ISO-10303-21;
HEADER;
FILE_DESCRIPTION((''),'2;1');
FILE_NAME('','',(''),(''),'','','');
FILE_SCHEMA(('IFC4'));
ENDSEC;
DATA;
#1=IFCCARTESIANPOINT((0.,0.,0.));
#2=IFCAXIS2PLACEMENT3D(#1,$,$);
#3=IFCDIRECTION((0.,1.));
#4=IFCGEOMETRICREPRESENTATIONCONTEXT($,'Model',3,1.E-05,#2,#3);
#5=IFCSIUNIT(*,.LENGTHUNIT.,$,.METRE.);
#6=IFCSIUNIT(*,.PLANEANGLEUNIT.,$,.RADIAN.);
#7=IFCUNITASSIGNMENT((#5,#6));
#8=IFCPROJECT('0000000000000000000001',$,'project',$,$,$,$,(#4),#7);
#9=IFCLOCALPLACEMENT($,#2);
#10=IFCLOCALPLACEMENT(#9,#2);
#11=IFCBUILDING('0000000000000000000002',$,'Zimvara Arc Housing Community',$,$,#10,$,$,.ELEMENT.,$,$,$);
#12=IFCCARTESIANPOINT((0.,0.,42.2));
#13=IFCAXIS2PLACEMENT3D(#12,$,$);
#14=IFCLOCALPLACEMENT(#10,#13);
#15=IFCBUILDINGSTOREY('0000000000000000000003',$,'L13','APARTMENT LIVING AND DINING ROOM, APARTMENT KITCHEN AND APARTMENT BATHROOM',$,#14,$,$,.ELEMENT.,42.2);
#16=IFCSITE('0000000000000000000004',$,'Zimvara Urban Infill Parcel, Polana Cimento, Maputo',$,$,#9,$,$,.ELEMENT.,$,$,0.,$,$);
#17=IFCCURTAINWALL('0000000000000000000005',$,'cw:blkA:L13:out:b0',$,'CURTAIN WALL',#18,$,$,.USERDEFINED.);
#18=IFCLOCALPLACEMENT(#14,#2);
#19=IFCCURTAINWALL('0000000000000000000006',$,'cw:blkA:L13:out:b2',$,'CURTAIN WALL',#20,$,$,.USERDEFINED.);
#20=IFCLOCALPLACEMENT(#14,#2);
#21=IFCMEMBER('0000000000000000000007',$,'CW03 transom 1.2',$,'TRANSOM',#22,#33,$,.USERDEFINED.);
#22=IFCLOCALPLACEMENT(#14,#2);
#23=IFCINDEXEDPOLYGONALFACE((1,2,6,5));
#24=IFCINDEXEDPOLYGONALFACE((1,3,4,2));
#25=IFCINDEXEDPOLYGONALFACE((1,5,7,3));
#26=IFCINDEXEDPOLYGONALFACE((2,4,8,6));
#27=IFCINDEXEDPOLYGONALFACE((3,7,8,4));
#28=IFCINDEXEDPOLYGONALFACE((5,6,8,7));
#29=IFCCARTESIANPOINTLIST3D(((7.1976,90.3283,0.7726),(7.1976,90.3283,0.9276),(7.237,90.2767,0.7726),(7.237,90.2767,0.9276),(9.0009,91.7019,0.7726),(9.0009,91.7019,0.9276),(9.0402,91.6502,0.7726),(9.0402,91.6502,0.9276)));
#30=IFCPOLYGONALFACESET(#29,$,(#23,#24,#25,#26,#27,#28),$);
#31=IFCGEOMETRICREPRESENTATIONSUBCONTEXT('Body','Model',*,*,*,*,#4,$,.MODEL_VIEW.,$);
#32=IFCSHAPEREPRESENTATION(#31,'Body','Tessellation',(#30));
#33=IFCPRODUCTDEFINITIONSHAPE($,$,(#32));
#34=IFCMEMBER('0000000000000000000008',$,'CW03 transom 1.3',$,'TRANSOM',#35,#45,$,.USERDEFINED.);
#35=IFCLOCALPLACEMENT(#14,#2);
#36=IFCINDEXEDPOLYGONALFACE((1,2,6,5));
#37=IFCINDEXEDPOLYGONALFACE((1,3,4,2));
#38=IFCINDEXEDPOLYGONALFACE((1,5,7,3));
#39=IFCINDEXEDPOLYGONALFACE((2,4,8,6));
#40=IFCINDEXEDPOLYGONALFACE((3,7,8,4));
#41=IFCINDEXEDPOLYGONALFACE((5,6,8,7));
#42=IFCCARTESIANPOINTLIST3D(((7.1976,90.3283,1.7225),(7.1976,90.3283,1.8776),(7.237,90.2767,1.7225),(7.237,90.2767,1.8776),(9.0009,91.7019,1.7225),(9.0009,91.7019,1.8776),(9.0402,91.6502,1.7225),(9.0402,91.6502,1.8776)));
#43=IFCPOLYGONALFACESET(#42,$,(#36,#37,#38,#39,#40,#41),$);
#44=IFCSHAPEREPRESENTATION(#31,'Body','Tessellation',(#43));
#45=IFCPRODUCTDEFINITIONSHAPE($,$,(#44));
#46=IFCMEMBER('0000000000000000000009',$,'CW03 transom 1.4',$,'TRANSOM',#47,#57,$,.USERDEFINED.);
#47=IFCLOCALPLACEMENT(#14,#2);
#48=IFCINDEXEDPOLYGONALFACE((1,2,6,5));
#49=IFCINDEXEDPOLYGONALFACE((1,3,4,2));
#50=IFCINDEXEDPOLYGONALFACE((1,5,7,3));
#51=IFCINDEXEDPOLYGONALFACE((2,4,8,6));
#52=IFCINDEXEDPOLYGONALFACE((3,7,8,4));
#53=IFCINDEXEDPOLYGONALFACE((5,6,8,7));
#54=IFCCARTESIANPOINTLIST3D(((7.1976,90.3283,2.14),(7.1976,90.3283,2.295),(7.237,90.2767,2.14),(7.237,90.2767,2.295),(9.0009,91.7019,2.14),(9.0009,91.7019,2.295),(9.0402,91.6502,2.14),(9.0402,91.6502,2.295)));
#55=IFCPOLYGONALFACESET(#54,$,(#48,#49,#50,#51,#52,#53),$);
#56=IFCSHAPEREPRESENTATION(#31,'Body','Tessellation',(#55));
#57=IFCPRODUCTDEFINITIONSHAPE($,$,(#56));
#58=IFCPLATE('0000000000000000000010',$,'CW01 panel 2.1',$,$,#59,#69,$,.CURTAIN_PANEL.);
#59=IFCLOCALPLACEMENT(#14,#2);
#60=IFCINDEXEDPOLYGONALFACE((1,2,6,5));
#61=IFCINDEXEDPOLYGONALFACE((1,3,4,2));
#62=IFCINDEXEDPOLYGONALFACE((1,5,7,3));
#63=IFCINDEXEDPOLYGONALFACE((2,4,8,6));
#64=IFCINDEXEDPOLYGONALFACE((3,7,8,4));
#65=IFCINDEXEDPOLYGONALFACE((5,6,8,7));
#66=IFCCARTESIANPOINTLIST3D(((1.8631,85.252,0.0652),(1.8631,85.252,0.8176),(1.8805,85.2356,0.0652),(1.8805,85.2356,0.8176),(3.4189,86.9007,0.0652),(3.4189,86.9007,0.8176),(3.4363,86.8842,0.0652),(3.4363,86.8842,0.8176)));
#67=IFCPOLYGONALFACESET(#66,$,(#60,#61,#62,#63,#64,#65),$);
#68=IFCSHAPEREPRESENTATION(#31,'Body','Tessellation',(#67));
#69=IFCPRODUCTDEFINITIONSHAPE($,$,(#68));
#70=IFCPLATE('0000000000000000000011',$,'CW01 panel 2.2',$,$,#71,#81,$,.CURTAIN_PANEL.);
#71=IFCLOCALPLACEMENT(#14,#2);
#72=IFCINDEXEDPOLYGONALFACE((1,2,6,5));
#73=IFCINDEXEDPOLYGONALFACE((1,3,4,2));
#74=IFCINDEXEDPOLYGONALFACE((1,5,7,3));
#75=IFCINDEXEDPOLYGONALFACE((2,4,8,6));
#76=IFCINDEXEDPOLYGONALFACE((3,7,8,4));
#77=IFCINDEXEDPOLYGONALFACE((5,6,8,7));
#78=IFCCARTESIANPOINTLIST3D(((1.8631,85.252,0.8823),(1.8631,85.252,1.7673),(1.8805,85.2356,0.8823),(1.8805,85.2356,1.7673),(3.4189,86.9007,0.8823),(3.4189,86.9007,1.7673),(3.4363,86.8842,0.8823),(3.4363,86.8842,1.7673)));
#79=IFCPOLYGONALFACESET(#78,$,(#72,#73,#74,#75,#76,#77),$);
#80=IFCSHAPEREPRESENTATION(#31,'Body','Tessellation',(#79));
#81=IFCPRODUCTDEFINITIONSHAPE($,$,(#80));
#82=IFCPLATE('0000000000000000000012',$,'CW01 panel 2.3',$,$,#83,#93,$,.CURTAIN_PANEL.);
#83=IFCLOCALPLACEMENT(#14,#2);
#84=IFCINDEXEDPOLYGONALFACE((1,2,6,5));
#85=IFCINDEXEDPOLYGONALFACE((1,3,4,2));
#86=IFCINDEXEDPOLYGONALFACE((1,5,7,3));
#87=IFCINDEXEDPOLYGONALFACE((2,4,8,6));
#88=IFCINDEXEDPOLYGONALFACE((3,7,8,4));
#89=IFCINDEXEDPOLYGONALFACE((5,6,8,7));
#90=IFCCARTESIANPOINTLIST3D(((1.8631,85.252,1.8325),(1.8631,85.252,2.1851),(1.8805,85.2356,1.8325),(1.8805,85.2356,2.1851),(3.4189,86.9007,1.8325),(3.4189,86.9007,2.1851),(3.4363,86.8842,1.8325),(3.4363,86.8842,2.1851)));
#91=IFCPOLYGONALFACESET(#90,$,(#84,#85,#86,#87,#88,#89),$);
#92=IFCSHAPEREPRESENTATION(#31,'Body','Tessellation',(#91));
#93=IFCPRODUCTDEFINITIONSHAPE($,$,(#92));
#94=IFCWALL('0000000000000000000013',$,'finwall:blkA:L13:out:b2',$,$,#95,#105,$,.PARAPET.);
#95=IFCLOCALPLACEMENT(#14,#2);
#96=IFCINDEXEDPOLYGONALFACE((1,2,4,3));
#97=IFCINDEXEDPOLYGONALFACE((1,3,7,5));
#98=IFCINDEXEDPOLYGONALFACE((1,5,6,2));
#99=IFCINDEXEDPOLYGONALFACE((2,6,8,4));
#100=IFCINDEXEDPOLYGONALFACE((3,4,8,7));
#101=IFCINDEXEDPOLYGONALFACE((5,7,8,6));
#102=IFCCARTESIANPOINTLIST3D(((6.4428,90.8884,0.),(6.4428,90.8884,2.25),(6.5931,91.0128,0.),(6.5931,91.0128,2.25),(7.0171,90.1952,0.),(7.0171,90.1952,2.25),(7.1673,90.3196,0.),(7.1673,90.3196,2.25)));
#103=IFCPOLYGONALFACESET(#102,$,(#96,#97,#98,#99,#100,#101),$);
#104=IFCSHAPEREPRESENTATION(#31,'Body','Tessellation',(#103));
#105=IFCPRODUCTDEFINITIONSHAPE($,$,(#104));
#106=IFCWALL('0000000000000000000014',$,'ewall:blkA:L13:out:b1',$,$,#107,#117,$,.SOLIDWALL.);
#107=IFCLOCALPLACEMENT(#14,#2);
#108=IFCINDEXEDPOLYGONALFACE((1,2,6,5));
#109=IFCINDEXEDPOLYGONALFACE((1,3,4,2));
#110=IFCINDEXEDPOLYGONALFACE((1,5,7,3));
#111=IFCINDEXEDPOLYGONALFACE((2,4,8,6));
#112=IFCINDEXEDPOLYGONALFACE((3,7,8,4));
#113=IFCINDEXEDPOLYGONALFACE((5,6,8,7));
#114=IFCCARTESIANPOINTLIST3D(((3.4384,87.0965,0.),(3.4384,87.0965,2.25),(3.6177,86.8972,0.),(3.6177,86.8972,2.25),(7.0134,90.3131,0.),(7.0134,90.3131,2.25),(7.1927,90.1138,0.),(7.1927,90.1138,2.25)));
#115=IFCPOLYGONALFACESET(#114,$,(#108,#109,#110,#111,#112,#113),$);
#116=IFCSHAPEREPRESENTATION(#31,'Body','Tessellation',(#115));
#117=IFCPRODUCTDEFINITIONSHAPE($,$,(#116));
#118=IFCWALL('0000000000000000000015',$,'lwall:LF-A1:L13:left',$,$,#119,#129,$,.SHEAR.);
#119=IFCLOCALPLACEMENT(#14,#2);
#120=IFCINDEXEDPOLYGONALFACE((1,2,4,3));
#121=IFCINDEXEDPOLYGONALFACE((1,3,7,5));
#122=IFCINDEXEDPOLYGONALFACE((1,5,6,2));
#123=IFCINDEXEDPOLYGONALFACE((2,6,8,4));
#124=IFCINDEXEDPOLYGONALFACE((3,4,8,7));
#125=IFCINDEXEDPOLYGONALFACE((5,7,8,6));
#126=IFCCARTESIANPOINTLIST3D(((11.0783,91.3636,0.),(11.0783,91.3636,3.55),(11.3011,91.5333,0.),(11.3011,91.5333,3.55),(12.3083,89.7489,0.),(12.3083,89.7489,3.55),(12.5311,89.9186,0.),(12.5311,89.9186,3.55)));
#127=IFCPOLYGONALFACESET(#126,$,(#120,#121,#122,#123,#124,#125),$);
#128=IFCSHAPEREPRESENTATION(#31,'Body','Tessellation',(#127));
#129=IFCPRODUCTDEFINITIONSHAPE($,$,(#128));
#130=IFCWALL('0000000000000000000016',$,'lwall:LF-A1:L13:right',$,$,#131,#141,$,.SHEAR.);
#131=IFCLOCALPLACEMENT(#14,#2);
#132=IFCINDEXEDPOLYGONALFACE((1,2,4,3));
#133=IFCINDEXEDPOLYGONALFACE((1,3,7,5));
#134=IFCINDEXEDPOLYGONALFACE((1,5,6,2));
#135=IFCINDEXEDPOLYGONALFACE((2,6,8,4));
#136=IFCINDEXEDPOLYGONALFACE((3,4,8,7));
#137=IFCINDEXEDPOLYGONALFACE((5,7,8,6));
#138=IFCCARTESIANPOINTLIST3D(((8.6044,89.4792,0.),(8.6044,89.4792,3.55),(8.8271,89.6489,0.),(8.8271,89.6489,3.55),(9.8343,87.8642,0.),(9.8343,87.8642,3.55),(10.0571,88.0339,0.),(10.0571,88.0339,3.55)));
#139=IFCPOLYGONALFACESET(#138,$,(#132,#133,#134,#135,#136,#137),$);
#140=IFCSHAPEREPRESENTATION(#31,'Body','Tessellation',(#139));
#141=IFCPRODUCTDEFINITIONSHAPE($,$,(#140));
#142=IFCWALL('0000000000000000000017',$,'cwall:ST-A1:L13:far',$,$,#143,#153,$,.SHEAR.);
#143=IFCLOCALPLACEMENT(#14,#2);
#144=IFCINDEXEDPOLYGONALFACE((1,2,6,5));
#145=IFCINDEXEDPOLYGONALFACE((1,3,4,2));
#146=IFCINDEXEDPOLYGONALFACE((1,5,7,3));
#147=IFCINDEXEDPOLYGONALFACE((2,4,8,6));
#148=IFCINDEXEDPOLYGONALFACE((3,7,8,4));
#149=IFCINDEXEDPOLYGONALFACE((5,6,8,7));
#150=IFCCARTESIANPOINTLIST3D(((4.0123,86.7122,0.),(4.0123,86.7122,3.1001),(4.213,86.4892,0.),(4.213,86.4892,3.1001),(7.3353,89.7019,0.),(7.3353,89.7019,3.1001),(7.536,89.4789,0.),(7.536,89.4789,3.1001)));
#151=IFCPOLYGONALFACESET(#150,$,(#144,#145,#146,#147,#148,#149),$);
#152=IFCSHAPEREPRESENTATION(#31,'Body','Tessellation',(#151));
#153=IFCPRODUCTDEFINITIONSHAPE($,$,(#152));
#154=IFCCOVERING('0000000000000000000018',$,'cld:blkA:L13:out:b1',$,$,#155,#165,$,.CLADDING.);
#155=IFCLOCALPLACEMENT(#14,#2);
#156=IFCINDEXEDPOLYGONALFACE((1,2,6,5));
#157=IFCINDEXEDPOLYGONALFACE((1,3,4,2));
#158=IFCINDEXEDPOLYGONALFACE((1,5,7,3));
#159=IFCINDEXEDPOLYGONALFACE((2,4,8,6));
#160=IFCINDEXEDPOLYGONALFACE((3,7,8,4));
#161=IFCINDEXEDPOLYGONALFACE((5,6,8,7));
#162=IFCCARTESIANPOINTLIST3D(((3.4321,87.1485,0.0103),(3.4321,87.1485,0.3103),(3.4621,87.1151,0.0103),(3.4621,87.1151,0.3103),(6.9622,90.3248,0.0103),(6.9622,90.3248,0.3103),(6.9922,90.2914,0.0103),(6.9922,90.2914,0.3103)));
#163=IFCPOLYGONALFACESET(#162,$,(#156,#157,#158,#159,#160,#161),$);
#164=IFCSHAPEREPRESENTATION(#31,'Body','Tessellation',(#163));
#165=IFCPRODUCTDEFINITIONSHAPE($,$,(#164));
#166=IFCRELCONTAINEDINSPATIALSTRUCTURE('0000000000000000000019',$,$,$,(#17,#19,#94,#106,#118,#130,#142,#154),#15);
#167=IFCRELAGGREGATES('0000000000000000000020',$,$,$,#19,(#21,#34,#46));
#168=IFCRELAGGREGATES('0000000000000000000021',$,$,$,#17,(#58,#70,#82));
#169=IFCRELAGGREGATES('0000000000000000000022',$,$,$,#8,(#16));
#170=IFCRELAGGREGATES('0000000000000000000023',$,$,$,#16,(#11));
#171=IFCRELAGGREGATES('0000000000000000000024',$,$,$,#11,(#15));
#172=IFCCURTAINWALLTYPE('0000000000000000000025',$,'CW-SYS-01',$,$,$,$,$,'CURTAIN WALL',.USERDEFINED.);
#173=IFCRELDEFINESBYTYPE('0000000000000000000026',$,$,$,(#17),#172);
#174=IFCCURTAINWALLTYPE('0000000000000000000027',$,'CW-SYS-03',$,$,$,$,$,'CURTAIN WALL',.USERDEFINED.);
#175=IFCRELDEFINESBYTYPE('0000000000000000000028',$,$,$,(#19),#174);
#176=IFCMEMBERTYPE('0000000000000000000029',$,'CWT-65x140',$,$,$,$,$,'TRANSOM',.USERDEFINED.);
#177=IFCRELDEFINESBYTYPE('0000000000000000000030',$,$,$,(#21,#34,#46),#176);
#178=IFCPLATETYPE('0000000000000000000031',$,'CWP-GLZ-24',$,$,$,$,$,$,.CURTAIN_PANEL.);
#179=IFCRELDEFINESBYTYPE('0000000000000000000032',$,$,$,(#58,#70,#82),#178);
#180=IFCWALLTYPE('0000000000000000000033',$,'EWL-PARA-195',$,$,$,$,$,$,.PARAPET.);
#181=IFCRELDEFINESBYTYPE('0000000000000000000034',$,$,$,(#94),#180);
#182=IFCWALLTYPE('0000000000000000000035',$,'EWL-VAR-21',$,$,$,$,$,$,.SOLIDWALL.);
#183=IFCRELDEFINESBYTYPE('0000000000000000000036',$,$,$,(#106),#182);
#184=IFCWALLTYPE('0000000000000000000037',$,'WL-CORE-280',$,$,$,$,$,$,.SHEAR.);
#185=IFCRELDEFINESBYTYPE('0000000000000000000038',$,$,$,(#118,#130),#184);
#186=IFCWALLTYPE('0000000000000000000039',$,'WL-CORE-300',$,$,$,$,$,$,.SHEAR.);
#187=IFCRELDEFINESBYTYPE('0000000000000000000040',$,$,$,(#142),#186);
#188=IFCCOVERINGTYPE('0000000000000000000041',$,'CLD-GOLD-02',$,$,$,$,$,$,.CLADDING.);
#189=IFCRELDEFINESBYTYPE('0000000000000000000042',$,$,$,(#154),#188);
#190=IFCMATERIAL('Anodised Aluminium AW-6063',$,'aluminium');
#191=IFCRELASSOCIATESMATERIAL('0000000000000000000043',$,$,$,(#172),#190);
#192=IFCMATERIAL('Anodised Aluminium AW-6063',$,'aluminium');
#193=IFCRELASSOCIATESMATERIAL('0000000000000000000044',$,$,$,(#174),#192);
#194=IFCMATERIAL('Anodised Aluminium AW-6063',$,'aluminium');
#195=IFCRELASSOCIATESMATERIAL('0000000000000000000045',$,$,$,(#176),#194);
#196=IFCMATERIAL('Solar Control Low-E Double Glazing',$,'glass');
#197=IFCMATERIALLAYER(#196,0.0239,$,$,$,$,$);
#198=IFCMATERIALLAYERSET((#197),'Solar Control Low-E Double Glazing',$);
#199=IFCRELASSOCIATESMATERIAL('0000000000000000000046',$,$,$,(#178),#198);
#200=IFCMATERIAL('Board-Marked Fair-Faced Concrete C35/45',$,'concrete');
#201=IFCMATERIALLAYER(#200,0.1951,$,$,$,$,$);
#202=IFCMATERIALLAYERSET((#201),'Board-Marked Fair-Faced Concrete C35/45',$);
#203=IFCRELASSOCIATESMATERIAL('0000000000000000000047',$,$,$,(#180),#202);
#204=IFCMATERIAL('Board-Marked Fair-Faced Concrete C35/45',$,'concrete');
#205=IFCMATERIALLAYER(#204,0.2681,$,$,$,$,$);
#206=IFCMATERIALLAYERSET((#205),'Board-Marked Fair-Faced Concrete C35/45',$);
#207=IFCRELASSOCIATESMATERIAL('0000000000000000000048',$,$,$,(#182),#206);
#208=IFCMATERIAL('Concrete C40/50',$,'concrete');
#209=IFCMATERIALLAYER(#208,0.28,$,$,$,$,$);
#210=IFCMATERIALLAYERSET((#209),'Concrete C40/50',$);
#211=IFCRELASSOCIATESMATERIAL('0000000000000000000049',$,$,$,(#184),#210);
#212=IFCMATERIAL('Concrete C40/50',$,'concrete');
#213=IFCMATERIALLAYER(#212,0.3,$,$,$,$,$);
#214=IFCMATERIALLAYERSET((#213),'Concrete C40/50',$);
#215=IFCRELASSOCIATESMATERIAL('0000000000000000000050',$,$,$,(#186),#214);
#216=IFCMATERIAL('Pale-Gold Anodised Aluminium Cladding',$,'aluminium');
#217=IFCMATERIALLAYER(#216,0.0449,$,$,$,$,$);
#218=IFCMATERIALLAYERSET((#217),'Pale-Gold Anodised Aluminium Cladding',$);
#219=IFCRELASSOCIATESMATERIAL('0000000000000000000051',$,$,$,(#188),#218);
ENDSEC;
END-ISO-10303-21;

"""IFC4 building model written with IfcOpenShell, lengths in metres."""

from ifc_helpers import new_model, si_unit, direction, frame, frame_2d, origin, origin_2d, place, context, subcontext, project, spatial, rectangle, extrude, material, layer, layer_set, material_profile, profile_set, type_object, element, aggregate, save


model = new_model("IFC4")

# Units and contexts
model_context = context("Model", 3, precision=1e-05, world=origin(), true_north=direction((0.0, 1.0)))
body_context = subcontext(model_context, "Body", "Model", "MODEL_VIEW")
ifc_project = project(units=[si_unit("LENGTHUNIT", "METRE"), si_unit("PLANEANGLEUNIT", "RADIAN")], contexts=[model_context])

# Site, building, storey
site_placement = place(None, origin())
site = spatial("IfcSite", under=ifc_project, at=site_placement, Name="Zimvara Urban Infill Parcel, Polana Cimento, Maputo", CompositionType="ELEMENT", RefElevation=0.0)
building_placement = place(site_placement, origin())
building = spatial("IfcBuilding", under=site, at=building_placement, Name="Zimvara Arc Housing Community", CompositionType="ELEMENT")
storey_placement = place(building_placement, frame((0.0, 0.0, 42.2)))
storey = spatial("IfcBuildingStorey", under=building, at=storey_placement, Name="L13", Description="APARTMENT LIVING AND DINING ROOM, APARTMENT KITCHEN AND APARTMENT BATHROOM", CompositionType="ELEMENT", Elevation=42.2)

# Curtain wall
ifc_material_1 = material(Name="Anodised Aluminium AW-6063", Category="aluminium")
curtain_wall_type_1 = type_object("IfcCurtainWallType", Name="CW-SYS-01", ElementType="CURTAIN WALL", PredefinedType="USERDEFINED", material=ifc_material_1)
curtain_wall_1_placement = place(storey_placement, origin())
curtain_wall_1 = element("IfcCurtainWall", 1, at=curtain_wall_1_placement, inside=storey, type_object=curtain_wall_type_1, Name="cw:blkA:L13:out:b0", ObjectType="CURTAIN WALL", PredefinedType="USERDEFINED")

# Curtain wall, members
ifc_material_2 = material(Name="Anodised Aluminium AW-6063", Category="aluminium")
curtain_wall_type_2 = type_object("IfcCurtainWallType", Name="CW-SYS-03", ElementType="CURTAIN WALL", PredefinedType="USERDEFINED", material=ifc_material_2)
curtain_wall_2_placement = place(storey_placement, origin())
curtain_wall_2 = element("IfcCurtainWall", 2, at=curtain_wall_2_placement, inside=storey, type_object=curtain_wall_type_2, Name="cw:blkA:L13:out:b2", ObjectType="CURTAIN WALL", PredefinedType="USERDEFINED")
ifc_material_3 = material(Name="Anodised Aluminium AW-6063", Category="aluminium")
ifc_material_profile_1 = material_profile(ifc_material_3, rectangle(XDim=0.0649, YDim=0.155, at=origin_2d()), Name="ALU 65x155")
ifc_profile_set_1 = profile_set([ifc_material_profile_1], Name="Anodised Aluminium AW-6063")
member_type_1 = type_object("IfcMemberType", Name="CWT-65x140", ElementType="TRANSOM", PredefinedType="USERDEFINED", material=ifc_profile_set_1)
member_1_placement = place(storey_placement, frame((7.2173, 90.3025, 0.8501), z_axis=(0.795506, 0.605946, 0.0), x_axis=(-0.605946, 0.795506, 0.0)))
member_1 = element("IfcMember", 3, at=member_1_placement, type_object=member_type_1, Name="CW03 transom 1.2", ObjectType="TRANSOM", PredefinedType="USERDEFINED", context=body_context, shape_type="SweptSolid", body=[
    extrude(rectangle(XDim=0.0649, YDim=0.155, at=origin_2d()), origin(), (0.0, 0.0, 1.0), 2.2668),
])
member_2_placement = place(storey_placement, frame((7.2173, 90.3025, 1.8), z_axis=(0.795506, 0.605946, 0.0), x_axis=(-0.605946, 0.795506, 0.0)))
member_2 = element("IfcMember", 4, at=member_2_placement, type_object=member_type_1, Name="CW03 transom 1.3", ObjectType="TRANSOM", PredefinedType="USERDEFINED", context=body_context, shape_type="SweptSolid", body=[
    extrude(rectangle(XDim=0.0649, YDim=0.155, at=origin_2d()), origin(), (0.0, 0.0, 1.0), 2.2668),
])
member_3_placement = place(storey_placement, frame((7.2173, 90.3025, 2.2175), z_axis=(0.795506, 0.605946, 0.0), x_axis=(-0.605946, 0.795506, 0.0)))
member_3 = element("IfcMember", 5, at=member_3_placement, type_object=member_type_1, Name="CW03 transom 1.4", ObjectType="TRANSOM", PredefinedType="USERDEFINED", context=body_context, shape_type="SweptSolid", body=[
    extrude(rectangle(XDim=0.0649, YDim=0.155, at=origin_2d()), origin(), (0.0, 0.0, 1.0), 2.2668),
])
aggregate(curtain_wall_2, [member_1, member_2, member_3])

# Plates
ifc_material_4 = material(Name="Solar Control Low-E Double Glazing", Category="glass")
ifc_layer_1 = layer(ifc_material_4, 0.0239)
ifc_layer_set_1 = layer_set([ifc_layer_1], Name="Solar Control Low-E Double Glazing")
plate_type = type_object("IfcPlateType", Name="CWP-GLZ-24", PredefinedType="CURTAIN_PANEL", material=ifc_layer_set_1)
plate_1_placement = place(storey_placement, frame((2.6497, 86.0681, 0.0652), z_axis=(0.0, 0.0, 1.0), x_axis=(0.686326, 0.727294, 0.0)))
plate_1 = element("IfcPlate", 6, at=plate_1_placement, type_object=plate_type, Name="CW01 panel 2.1", PredefinedType="CURTAIN_PANEL", context=body_context, shape_type="SweptSolid", body=[
    extrude(rectangle(XDim=2.2668, YDim=0.0239, at=origin_2d()), origin(), (0.0, 0.0, 1.0), 0.7524),
])
plate_2_placement = place(storey_placement, frame((2.6497, 86.0681, 0.8823), z_axis=(0.0, 0.0, 1.0), x_axis=(0.686326, 0.727294, 0.0)))
plate_2 = element("IfcPlate", 7, at=plate_2_placement, type_object=plate_type, Name="CW01 panel 2.2", PredefinedType="CURTAIN_PANEL", context=body_context, shape_type="SweptSolid", body=[
    extrude(rectangle(XDim=2.2668, YDim=0.0239, at=origin_2d()), origin(), (0.0, 0.0, 1.0), 0.885),
])
plate_3_placement = place(storey_placement, frame((2.6497, 86.0681, 1.8325), z_axis=(0.0, 0.0, 1.0), x_axis=(0.686326, 0.727294, 0.0)))
plate_3 = element("IfcPlate", 8, at=plate_3_placement, type_object=plate_type, Name="CW01 panel 2.3", PredefinedType="CURTAIN_PANEL", context=body_context, shape_type="SweptSolid", body=[
    extrude(rectangle(XDim=2.2668, YDim=0.0239, at=origin_2d()), origin(), (0.0, 0.0, 1.0), 0.3525),
])
aggregate(curtain_wall_1, [plate_1, plate_2, plate_3])

# Walls
ifc_material_5 = material(Name="Board-Marked Fair-Faced Concrete C35/45", Category="concrete")
ifc_layer_2 = layer(ifc_material_5, 0.1951)
ifc_layer_set_2 = layer_set([ifc_layer_2], Name="Board-Marked Fair-Faced Concrete C35/45")
wall_type_1 = type_object("IfcWallType", Name="EWL-PARA-195", PredefinedType="PARAPET", material=ifc_layer_set_2)
wall_1_placement = place(storey_placement, frame((7.0923, 90.2573, 0.0), z_axis=(0.0, 0.0, 1.0), x_axis=(-0.637967, 0.770063, 0.0)))
element("IfcWall", 9, at=wall_1_placement, inside=storey, type_object=wall_type_1, Name="finwall:blkA:L13:out:b2", PredefinedType="PARAPET", context=body_context, shape_type="SweptSolid", body=[
    extrude(rectangle(XDim=0.9001, YDim=0.1951, at=frame_2d((0.4502, 0.0))), origin(), (0.0, 0.0, 1.0), 2.25),
])
ifc_material_6 = material(Name="Board-Marked Fair-Faced Concrete C35/45", Category="concrete")
ifc_layer_3 = layer(ifc_material_6, 0.2681)
ifc_layer_set_3 = layer_set([ifc_layer_3], Name="Board-Marked Fair-Faced Concrete C35/45")
wall_type_2 = type_object("IfcWallType", Name="EWL-VAR-21", PredefinedType="SOLIDWALL", material=ifc_layer_set_3)
wall_2_placement = place(storey_placement, frame((3.5281, 86.9968, 0.0), z_axis=(0.0, 0.0, 1.0), x_axis=(0.743388, 0.668861, 0.0)))
element("IfcWall", 10, at=wall_2_placement, inside=storey, type_object=wall_type_2, Name="ewall:blkA:L13:out:b1", PredefinedType="SOLIDWALL", context=body_context, shape_type="SweptSolid", body=[
    extrude(rectangle(XDim=4.8091, YDim=0.2681, at=frame_2d((2.4045, 0.0))), origin(), (0.0, 0.0, 1.0), 2.25),
])

# Shared definitions
ifc_material_7 = material(Name="Concrete C40/50", Category="concrete")
ifc_layer_4 = layer(ifc_material_7, 0.28)
ifc_layer_set_4 = layer_set([ifc_layer_4], Name="Concrete C40/50")
wall_type_3 = type_object("IfcWallType", Name="WL-CORE-280", PredefinedType="SHEAR", material=ifc_layer_set_4)

# Walls
wall_3_placement = place(storey_placement, frame((12.4197, 89.8337, 0.0), z_axis=(0.0, 0.0, 1.0), x_axis=(-0.605949, 0.795504, 0.0)))
element("IfcWall", 11, at=wall_3_placement, inside=storey, type_object=wall_type_3, Name="lwall:LF-A1:L13:left", PredefinedType="SHEAR", context=body_context, shape_type="SweptSolid", body=[
    extrude(rectangle(XDim=2.0298, YDim=0.28, at=frame_2d((1.0149, 0.0))), origin(), (0.0, 0.0, 1.0), 3.55),
])
wall_4_placement = place(storey_placement, frame((9.9458, 87.949, 0.0), z_axis=(0.0, 0.0, 1.0), x_axis=(-0.605891, 0.795548, 0.0)))
element("IfcWall", 12, at=wall_4_placement, inside=storey, type_object=wall_type_3, Name="lwall:LF-A1:L13:right", PredefinedType="SHEAR", context=body_context, shape_type="SweptSolid", body=[
    extrude(rectangle(XDim=2.03, YDim=0.28, at=frame_2d((1.0151, 0.0))), origin(), (0.0, 0.0, 1.0), 3.55),
])
ifc_material_8 = material(Name="Concrete C40/50", Category="concrete")
ifc_layer_5 = layer(ifc_material_8, 0.3)
ifc_layer_set_5 = layer_set([ifc_layer_5], Name="Concrete C40/50")
wall_type_4 = type_object("IfcWallType", Name="WL-CORE-300", PredefinedType="SHEAR", material=ifc_layer_set_5)
wall_5_placement = place(storey_placement, frame((7.4355, 89.5903, 0.0), z_axis=(0.0, 0.0, 1.0), x_axis=(-0.7434, -0.668847, 0.0)))
element("IfcWall", 13, at=wall_5_placement, inside=storey, type_object=wall_type_4, Name="cwall:ST-A1:L13:far", PredefinedType="SHEAR", context=body_context, shape_type="SweptSolid", body=[
    extrude(rectangle(XDim=4.47, YDim=0.3, at=frame_2d((2.2349, 0.0))), origin(), (0.0, 0.0, 1.0), 3.1001),
])

# Covering
ifc_material_9 = material(Name="Pale-Gold Anodised Aluminium Cladding", Category="aluminium")
ifc_layer_6 = layer(ifc_material_9, 0.0449)
ifc_layer_set_6 = layer_set([ifc_layer_6], Name="Pale-Gold Anodised Aluminium Cladding")
covering_type = type_object("IfcCoveringType", Name="CLD-GOLD-02", PredefinedType="CLADDING", material=ifc_layer_set_6)
covering_placement = place(storey_placement, frame((5.2122, 88.72, 0.0103), z_axis=(0.0, 0.0, 1.0), x_axis=(0.743377, 0.668872, 0.0)))
element("IfcCovering", 14, at=covering_placement, inside=storey, type_object=covering_type, Name="cld:blkA:L13:out:b1", PredefinedType="CLADDING", context=body_context, shape_type="SweptSolid", body=[
    extrude(rectangle(XDim=4.7488, YDim=0.0449, at=origin_2d()), origin(), (0.0, 0.0, 1.0), 0.3),
])

save(model, "model.ifc")
